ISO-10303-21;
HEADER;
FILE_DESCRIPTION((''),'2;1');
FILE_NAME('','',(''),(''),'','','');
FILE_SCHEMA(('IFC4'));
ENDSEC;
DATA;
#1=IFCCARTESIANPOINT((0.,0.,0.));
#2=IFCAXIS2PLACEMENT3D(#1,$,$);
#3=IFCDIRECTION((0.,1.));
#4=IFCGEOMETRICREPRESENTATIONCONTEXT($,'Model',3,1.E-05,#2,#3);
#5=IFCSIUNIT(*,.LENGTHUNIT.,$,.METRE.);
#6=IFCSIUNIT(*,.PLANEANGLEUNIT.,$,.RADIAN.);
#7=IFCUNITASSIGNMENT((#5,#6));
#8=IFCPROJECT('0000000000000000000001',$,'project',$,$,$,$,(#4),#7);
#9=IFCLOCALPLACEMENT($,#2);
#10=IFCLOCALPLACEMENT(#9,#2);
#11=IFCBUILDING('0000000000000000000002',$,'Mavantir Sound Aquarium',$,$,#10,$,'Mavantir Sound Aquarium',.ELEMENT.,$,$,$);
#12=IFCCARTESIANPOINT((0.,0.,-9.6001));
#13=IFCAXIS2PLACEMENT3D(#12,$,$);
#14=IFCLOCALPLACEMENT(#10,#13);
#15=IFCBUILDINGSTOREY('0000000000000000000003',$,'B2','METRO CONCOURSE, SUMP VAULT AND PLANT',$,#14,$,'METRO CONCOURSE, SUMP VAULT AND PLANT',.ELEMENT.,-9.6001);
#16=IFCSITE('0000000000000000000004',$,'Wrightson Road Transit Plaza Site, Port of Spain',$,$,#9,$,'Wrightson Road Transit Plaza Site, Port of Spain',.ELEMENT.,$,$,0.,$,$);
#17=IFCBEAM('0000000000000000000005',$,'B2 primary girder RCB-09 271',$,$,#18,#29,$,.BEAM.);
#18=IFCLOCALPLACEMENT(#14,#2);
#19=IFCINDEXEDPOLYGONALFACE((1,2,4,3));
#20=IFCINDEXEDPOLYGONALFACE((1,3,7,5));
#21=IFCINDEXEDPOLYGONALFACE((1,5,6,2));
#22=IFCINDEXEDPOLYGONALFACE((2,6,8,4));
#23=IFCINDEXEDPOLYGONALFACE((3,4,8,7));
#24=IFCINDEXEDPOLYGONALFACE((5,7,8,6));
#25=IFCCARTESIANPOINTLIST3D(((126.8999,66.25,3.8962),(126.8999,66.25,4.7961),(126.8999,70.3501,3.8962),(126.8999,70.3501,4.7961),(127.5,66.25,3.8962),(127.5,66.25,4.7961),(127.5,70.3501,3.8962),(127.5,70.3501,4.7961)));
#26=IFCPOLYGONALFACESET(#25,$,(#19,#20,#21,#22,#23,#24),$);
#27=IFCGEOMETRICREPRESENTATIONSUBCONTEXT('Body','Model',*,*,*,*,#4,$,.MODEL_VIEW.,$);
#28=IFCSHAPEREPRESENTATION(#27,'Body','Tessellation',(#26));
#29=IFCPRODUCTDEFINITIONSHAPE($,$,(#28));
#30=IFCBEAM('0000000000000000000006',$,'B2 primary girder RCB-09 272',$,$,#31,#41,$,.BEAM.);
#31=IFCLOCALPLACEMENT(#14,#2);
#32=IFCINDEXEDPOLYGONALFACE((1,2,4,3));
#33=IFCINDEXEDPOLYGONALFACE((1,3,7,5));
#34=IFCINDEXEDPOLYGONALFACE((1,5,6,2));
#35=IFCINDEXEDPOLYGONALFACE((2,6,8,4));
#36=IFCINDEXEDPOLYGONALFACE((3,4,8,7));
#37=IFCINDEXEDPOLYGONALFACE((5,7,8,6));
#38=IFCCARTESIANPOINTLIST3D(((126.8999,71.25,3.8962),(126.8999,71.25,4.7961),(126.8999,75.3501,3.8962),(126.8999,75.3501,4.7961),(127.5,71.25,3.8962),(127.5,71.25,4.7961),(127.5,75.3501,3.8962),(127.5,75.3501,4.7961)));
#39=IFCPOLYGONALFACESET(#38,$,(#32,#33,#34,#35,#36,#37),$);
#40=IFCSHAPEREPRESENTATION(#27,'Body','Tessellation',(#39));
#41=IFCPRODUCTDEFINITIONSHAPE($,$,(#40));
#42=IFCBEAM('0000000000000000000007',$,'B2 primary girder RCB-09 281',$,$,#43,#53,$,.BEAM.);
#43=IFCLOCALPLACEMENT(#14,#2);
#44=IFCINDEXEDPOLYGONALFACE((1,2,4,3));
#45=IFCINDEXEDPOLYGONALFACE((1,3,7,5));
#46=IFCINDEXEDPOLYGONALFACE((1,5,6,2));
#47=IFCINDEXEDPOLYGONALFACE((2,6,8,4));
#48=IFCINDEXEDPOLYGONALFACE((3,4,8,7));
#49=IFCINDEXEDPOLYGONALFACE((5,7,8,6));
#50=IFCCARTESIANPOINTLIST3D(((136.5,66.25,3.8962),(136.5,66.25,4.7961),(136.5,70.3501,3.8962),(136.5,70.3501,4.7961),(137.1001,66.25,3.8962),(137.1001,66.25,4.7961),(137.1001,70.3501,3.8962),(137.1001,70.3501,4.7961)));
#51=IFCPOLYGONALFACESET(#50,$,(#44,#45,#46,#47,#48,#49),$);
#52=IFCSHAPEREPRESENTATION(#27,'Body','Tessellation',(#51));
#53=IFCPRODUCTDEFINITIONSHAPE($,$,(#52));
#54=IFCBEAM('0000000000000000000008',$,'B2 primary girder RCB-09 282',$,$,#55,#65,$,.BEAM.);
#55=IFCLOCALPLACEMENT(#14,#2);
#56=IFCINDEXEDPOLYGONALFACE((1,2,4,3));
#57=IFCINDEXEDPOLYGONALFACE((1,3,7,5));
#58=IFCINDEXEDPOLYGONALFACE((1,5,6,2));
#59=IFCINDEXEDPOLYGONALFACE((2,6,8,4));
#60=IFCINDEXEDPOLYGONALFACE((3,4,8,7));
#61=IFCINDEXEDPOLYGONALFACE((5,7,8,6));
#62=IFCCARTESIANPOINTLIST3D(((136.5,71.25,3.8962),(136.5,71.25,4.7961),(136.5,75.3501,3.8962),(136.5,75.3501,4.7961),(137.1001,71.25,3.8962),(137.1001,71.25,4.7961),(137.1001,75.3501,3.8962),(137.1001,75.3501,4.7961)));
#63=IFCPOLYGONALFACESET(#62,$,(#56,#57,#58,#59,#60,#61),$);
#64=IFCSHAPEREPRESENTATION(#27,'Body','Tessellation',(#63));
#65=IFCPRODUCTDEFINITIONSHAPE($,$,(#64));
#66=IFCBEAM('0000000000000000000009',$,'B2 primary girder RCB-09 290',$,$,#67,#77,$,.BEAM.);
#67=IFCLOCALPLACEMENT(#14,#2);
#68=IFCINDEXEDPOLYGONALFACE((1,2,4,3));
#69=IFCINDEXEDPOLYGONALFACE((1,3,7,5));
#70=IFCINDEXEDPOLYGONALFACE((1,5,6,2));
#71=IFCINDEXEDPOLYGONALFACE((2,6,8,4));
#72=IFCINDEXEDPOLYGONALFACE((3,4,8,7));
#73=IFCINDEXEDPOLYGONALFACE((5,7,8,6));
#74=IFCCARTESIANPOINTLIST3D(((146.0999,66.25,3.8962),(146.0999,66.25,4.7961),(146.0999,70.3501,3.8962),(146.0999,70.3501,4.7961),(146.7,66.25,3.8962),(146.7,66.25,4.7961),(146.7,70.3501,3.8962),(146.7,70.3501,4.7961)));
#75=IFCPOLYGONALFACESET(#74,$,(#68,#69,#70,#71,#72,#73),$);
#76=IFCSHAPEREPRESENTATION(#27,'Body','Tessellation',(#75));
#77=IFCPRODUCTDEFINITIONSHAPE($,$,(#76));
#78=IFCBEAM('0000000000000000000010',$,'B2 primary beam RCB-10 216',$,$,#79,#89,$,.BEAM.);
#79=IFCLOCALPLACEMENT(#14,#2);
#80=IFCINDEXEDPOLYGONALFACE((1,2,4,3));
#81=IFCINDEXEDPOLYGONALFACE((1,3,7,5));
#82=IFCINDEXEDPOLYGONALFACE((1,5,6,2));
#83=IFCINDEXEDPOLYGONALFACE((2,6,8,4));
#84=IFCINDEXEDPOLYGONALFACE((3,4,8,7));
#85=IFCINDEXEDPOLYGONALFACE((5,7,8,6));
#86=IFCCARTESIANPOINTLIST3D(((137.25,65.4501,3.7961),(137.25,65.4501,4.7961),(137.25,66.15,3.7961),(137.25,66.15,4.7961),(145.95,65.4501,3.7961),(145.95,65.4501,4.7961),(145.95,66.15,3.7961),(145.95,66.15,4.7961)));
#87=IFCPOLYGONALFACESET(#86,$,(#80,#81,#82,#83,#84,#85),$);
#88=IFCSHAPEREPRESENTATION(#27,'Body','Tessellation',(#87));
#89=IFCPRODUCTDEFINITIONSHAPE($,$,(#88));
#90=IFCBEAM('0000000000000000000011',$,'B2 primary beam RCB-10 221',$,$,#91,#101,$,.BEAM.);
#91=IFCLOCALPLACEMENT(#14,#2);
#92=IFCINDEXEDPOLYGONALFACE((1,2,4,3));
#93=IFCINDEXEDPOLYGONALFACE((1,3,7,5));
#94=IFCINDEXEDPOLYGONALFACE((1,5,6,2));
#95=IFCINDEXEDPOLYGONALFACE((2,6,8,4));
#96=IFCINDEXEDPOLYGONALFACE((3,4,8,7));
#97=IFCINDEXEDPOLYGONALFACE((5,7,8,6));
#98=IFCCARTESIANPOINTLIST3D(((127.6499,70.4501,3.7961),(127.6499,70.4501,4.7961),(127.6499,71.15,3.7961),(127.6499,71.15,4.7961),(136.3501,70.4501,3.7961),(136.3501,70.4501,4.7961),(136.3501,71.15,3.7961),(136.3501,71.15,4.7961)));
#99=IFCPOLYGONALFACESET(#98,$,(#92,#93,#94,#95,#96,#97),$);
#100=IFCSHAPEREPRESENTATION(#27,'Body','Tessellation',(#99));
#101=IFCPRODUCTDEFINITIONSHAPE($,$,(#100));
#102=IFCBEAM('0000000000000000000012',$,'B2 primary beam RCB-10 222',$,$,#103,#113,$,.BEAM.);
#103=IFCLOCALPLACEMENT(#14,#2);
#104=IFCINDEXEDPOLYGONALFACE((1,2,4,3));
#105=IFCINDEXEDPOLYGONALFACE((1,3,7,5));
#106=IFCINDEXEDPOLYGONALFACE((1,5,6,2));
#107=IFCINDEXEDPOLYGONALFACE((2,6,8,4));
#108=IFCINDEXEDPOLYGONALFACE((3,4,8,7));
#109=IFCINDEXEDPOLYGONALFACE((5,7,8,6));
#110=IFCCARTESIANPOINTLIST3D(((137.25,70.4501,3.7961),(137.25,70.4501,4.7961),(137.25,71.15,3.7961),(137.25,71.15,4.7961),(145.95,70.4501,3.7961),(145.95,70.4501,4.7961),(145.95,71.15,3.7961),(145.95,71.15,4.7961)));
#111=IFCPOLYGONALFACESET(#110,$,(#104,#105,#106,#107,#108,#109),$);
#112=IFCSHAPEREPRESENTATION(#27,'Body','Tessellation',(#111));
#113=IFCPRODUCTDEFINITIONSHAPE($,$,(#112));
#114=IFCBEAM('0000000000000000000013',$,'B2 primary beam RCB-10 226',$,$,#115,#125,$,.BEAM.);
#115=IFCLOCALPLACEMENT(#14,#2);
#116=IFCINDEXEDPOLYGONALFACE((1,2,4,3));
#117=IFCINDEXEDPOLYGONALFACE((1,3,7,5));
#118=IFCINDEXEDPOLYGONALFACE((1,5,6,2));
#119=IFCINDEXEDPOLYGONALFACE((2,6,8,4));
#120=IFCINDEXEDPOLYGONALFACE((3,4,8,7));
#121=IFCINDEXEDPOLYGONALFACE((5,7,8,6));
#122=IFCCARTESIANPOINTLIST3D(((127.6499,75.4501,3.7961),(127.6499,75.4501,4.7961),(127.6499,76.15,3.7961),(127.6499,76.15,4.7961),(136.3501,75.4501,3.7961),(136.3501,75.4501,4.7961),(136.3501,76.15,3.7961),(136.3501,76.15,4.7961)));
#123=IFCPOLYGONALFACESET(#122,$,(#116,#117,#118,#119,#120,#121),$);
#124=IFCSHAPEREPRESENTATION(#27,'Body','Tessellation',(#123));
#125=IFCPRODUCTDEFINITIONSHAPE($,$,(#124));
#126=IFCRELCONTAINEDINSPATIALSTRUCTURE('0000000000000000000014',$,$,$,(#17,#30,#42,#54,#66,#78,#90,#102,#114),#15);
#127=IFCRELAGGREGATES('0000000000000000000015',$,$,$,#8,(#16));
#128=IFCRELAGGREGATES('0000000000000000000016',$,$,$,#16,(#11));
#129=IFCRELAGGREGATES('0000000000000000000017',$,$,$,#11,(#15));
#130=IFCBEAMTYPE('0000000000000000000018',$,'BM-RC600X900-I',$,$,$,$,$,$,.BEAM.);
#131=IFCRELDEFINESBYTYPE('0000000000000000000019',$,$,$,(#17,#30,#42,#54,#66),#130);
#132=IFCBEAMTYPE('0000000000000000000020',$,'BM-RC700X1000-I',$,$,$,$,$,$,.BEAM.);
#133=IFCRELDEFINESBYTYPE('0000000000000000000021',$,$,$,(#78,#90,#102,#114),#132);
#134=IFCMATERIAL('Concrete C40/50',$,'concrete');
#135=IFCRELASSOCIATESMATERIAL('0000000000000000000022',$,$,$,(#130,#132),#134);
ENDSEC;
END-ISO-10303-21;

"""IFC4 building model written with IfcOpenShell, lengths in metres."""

from ifc_helpers import new_model, si_unit, direction, frame, origin, origin_2d, place, context, subcontext, project, spatial, rectangle, extrude, material, material_profile, profile_set, type_object, element, save


model = new_model("IFC4")

# Units and contexts
model_context = context("Model", 3, precision=1e-05, world=origin(), true_north=direction((0.0, 1.0)))
body_context = subcontext(model_context, "Body", "Model", "MODEL_VIEW")
ifc_project = project(units=[si_unit("LENGTHUNIT", "METRE"), si_unit("PLANEANGLEUNIT", "RADIAN")], contexts=[model_context])

# Site, building, storey
site_placement = place(None, origin())
site = spatial("IfcSite", under=ifc_project, at=site_placement, Name="Wrightson Road Transit Plaza Site, Port of Spain", LongName="Wrightson Road Transit Plaza Site, Port of Spain", CompositionType="ELEMENT", RefElevation=0.0)
building_placement = place(site_placement, origin())
building = spatial("IfcBuilding", under=site, at=building_placement, Name="Mavantir Sound Aquarium", LongName="Mavantir Sound Aquarium", CompositionType="ELEMENT")
storey_placement = place(building_placement, frame((0.0, 0.0, -9.6001)))
storey = spatial("IfcBuildingStorey", under=building, at=storey_placement, Name="B2", Description="METRO CONCOURSE, SUMP VAULT AND PLANT", LongName="METRO CONCOURSE, SUMP VAULT AND PLANT", CompositionType="ELEMENT", Elevation=-9.6001)

# Shared definitions
ifc_material = material(Name="Concrete C40/50", Category="concrete")

# Beams
ifc_material_profile_1 = material_profile(ifc_material, rectangle(XDim=0.6001, YDim=0.8999, at=origin_2d()), Name="RC 600X900")
ifc_profile_set_1 = profile_set([ifc_material_profile_1], Name="Concrete C40/50")
beam_type_1 = type_object("IfcBeamType", Name="BM-RC600X900-I", PredefinedType="BEAM", material=ifc_profile_set_1)
for number, where, z_axis, x_axis, name in (
    (1, (127.2, 66.25, 4.3462), (0.0, 1.0, 0.0), (-1.0, 0.0, 0.0), "B2 primary girder RCB-09 271"),
    (2, (127.2, 71.25, 4.3462), (0.0, 1.0, 0.0), (-1.0, 0.0, 0.0), "B2 primary girder RCB-09 272"),
    (3, (136.8, 66.25, 4.3462), (0.0, 1.0, 0.0), (-1.0, 0.0, 0.0), "B2 primary girder RCB-09 281"),
    (4, (136.8, 71.25, 4.3462), (0.0, 1.0, 0.0), (-1.0, 0.0, 0.0), "B2 primary girder RCB-09 282"),
    (5, (146.3999, 66.25, 4.3462), (0.0, 1.0, 0.0), (-1.0, 0.0, 0.0), "B2 primary girder RCB-09 290"),
):
    element("IfcBeam", number, at=place(storey_placement, frame(where, z_axis=z_axis, x_axis=x_axis)), inside=storey, type_object=beam_type_1, Name=name, PredefinedType="BEAM", context=body_context, shape_type="SweptSolid", body=[
        extrude(rectangle(XDim=0.6001, YDim=0.8999, at=origin_2d()), origin(), (0.0, 0.0, 1.0), 4.1001),
    ])
ifc_material_profile_2 = material_profile(ifc_material, rectangle(XDim=0.7, YDim=1.0, at=origin_2d()), Name="RC 700X1000")
ifc_profile_set_2 = profile_set([ifc_material_profile_2], Name="Concrete C40/50")
beam_type_2 = type_object("IfcBeamType", Name="BM-RC700X1000-I", PredefinedType="BEAM", material=ifc_profile_set_2)
beam_1_placement = place(storey_placement, frame((137.25, 65.8, 4.2961), z_axis=(1.0, 0.0, 0.0), x_axis=(0.0, 1.0, 0.0)))
element("IfcBeam", 6, at=beam_1_placement, inside=storey, type_object=beam_type_2, Name="B2 primary beam RCB-10 216", PredefinedType="BEAM", context=body_context, shape_type="SweptSolid", body=[
    extrude(rectangle(XDim=0.7, YDim=1.0, at=origin_2d()), origin(), (0.0, 0.0, 1.0), 8.7),
])
beam_2_placement = place(storey_placement, frame((127.6499, 70.8, 4.2961), z_axis=(1.0, 0.0, 0.0), x_axis=(0.0, 1.0, 0.0)))
element("IfcBeam", 7, at=beam_2_placement, inside=storey, type_object=beam_type_2, Name="B2 primary beam RCB-10 221", PredefinedType="BEAM", context=body_context, shape_type="SweptSolid", body=[
    extrude(rectangle(XDim=0.7, YDim=1.0, at=origin_2d()), origin(), (0.0, 0.0, 1.0), 8.7002),
])
beam_3_placement = place(storey_placement, frame((137.25, 70.8, 4.2961), z_axis=(1.0, 0.0, 0.0), x_axis=(0.0, 1.0, 0.0)))
element("IfcBeam", 8, at=beam_3_placement, inside=storey, type_object=beam_type_2, Name="B2 primary beam RCB-10 222", PredefinedType="BEAM", context=body_context, shape_type="SweptSolid", body=[
    extrude(rectangle(XDim=0.7, YDim=1.0, at=origin_2d()), origin(), (0.0, 0.0, 1.0), 8.7),
])
beam_4_placement = place(storey_placement, frame((127.6499, 75.8, 4.2961), z_axis=(1.0, 0.0, 0.0), x_axis=(0.0, 1.0, 0.0)))
element("IfcBeam", 9, at=beam_4_placement, inside=storey, type_object=beam_type_2, Name="B2 primary beam RCB-10 226", PredefinedType="BEAM", context=body_context, shape_type="SweptSolid", body=[
    extrude(rectangle(XDim=0.7, YDim=1.0, at=origin_2d()), origin(), (0.0, 0.0, 1.0), 8.7002),
])

save(model, "model.ifc")
